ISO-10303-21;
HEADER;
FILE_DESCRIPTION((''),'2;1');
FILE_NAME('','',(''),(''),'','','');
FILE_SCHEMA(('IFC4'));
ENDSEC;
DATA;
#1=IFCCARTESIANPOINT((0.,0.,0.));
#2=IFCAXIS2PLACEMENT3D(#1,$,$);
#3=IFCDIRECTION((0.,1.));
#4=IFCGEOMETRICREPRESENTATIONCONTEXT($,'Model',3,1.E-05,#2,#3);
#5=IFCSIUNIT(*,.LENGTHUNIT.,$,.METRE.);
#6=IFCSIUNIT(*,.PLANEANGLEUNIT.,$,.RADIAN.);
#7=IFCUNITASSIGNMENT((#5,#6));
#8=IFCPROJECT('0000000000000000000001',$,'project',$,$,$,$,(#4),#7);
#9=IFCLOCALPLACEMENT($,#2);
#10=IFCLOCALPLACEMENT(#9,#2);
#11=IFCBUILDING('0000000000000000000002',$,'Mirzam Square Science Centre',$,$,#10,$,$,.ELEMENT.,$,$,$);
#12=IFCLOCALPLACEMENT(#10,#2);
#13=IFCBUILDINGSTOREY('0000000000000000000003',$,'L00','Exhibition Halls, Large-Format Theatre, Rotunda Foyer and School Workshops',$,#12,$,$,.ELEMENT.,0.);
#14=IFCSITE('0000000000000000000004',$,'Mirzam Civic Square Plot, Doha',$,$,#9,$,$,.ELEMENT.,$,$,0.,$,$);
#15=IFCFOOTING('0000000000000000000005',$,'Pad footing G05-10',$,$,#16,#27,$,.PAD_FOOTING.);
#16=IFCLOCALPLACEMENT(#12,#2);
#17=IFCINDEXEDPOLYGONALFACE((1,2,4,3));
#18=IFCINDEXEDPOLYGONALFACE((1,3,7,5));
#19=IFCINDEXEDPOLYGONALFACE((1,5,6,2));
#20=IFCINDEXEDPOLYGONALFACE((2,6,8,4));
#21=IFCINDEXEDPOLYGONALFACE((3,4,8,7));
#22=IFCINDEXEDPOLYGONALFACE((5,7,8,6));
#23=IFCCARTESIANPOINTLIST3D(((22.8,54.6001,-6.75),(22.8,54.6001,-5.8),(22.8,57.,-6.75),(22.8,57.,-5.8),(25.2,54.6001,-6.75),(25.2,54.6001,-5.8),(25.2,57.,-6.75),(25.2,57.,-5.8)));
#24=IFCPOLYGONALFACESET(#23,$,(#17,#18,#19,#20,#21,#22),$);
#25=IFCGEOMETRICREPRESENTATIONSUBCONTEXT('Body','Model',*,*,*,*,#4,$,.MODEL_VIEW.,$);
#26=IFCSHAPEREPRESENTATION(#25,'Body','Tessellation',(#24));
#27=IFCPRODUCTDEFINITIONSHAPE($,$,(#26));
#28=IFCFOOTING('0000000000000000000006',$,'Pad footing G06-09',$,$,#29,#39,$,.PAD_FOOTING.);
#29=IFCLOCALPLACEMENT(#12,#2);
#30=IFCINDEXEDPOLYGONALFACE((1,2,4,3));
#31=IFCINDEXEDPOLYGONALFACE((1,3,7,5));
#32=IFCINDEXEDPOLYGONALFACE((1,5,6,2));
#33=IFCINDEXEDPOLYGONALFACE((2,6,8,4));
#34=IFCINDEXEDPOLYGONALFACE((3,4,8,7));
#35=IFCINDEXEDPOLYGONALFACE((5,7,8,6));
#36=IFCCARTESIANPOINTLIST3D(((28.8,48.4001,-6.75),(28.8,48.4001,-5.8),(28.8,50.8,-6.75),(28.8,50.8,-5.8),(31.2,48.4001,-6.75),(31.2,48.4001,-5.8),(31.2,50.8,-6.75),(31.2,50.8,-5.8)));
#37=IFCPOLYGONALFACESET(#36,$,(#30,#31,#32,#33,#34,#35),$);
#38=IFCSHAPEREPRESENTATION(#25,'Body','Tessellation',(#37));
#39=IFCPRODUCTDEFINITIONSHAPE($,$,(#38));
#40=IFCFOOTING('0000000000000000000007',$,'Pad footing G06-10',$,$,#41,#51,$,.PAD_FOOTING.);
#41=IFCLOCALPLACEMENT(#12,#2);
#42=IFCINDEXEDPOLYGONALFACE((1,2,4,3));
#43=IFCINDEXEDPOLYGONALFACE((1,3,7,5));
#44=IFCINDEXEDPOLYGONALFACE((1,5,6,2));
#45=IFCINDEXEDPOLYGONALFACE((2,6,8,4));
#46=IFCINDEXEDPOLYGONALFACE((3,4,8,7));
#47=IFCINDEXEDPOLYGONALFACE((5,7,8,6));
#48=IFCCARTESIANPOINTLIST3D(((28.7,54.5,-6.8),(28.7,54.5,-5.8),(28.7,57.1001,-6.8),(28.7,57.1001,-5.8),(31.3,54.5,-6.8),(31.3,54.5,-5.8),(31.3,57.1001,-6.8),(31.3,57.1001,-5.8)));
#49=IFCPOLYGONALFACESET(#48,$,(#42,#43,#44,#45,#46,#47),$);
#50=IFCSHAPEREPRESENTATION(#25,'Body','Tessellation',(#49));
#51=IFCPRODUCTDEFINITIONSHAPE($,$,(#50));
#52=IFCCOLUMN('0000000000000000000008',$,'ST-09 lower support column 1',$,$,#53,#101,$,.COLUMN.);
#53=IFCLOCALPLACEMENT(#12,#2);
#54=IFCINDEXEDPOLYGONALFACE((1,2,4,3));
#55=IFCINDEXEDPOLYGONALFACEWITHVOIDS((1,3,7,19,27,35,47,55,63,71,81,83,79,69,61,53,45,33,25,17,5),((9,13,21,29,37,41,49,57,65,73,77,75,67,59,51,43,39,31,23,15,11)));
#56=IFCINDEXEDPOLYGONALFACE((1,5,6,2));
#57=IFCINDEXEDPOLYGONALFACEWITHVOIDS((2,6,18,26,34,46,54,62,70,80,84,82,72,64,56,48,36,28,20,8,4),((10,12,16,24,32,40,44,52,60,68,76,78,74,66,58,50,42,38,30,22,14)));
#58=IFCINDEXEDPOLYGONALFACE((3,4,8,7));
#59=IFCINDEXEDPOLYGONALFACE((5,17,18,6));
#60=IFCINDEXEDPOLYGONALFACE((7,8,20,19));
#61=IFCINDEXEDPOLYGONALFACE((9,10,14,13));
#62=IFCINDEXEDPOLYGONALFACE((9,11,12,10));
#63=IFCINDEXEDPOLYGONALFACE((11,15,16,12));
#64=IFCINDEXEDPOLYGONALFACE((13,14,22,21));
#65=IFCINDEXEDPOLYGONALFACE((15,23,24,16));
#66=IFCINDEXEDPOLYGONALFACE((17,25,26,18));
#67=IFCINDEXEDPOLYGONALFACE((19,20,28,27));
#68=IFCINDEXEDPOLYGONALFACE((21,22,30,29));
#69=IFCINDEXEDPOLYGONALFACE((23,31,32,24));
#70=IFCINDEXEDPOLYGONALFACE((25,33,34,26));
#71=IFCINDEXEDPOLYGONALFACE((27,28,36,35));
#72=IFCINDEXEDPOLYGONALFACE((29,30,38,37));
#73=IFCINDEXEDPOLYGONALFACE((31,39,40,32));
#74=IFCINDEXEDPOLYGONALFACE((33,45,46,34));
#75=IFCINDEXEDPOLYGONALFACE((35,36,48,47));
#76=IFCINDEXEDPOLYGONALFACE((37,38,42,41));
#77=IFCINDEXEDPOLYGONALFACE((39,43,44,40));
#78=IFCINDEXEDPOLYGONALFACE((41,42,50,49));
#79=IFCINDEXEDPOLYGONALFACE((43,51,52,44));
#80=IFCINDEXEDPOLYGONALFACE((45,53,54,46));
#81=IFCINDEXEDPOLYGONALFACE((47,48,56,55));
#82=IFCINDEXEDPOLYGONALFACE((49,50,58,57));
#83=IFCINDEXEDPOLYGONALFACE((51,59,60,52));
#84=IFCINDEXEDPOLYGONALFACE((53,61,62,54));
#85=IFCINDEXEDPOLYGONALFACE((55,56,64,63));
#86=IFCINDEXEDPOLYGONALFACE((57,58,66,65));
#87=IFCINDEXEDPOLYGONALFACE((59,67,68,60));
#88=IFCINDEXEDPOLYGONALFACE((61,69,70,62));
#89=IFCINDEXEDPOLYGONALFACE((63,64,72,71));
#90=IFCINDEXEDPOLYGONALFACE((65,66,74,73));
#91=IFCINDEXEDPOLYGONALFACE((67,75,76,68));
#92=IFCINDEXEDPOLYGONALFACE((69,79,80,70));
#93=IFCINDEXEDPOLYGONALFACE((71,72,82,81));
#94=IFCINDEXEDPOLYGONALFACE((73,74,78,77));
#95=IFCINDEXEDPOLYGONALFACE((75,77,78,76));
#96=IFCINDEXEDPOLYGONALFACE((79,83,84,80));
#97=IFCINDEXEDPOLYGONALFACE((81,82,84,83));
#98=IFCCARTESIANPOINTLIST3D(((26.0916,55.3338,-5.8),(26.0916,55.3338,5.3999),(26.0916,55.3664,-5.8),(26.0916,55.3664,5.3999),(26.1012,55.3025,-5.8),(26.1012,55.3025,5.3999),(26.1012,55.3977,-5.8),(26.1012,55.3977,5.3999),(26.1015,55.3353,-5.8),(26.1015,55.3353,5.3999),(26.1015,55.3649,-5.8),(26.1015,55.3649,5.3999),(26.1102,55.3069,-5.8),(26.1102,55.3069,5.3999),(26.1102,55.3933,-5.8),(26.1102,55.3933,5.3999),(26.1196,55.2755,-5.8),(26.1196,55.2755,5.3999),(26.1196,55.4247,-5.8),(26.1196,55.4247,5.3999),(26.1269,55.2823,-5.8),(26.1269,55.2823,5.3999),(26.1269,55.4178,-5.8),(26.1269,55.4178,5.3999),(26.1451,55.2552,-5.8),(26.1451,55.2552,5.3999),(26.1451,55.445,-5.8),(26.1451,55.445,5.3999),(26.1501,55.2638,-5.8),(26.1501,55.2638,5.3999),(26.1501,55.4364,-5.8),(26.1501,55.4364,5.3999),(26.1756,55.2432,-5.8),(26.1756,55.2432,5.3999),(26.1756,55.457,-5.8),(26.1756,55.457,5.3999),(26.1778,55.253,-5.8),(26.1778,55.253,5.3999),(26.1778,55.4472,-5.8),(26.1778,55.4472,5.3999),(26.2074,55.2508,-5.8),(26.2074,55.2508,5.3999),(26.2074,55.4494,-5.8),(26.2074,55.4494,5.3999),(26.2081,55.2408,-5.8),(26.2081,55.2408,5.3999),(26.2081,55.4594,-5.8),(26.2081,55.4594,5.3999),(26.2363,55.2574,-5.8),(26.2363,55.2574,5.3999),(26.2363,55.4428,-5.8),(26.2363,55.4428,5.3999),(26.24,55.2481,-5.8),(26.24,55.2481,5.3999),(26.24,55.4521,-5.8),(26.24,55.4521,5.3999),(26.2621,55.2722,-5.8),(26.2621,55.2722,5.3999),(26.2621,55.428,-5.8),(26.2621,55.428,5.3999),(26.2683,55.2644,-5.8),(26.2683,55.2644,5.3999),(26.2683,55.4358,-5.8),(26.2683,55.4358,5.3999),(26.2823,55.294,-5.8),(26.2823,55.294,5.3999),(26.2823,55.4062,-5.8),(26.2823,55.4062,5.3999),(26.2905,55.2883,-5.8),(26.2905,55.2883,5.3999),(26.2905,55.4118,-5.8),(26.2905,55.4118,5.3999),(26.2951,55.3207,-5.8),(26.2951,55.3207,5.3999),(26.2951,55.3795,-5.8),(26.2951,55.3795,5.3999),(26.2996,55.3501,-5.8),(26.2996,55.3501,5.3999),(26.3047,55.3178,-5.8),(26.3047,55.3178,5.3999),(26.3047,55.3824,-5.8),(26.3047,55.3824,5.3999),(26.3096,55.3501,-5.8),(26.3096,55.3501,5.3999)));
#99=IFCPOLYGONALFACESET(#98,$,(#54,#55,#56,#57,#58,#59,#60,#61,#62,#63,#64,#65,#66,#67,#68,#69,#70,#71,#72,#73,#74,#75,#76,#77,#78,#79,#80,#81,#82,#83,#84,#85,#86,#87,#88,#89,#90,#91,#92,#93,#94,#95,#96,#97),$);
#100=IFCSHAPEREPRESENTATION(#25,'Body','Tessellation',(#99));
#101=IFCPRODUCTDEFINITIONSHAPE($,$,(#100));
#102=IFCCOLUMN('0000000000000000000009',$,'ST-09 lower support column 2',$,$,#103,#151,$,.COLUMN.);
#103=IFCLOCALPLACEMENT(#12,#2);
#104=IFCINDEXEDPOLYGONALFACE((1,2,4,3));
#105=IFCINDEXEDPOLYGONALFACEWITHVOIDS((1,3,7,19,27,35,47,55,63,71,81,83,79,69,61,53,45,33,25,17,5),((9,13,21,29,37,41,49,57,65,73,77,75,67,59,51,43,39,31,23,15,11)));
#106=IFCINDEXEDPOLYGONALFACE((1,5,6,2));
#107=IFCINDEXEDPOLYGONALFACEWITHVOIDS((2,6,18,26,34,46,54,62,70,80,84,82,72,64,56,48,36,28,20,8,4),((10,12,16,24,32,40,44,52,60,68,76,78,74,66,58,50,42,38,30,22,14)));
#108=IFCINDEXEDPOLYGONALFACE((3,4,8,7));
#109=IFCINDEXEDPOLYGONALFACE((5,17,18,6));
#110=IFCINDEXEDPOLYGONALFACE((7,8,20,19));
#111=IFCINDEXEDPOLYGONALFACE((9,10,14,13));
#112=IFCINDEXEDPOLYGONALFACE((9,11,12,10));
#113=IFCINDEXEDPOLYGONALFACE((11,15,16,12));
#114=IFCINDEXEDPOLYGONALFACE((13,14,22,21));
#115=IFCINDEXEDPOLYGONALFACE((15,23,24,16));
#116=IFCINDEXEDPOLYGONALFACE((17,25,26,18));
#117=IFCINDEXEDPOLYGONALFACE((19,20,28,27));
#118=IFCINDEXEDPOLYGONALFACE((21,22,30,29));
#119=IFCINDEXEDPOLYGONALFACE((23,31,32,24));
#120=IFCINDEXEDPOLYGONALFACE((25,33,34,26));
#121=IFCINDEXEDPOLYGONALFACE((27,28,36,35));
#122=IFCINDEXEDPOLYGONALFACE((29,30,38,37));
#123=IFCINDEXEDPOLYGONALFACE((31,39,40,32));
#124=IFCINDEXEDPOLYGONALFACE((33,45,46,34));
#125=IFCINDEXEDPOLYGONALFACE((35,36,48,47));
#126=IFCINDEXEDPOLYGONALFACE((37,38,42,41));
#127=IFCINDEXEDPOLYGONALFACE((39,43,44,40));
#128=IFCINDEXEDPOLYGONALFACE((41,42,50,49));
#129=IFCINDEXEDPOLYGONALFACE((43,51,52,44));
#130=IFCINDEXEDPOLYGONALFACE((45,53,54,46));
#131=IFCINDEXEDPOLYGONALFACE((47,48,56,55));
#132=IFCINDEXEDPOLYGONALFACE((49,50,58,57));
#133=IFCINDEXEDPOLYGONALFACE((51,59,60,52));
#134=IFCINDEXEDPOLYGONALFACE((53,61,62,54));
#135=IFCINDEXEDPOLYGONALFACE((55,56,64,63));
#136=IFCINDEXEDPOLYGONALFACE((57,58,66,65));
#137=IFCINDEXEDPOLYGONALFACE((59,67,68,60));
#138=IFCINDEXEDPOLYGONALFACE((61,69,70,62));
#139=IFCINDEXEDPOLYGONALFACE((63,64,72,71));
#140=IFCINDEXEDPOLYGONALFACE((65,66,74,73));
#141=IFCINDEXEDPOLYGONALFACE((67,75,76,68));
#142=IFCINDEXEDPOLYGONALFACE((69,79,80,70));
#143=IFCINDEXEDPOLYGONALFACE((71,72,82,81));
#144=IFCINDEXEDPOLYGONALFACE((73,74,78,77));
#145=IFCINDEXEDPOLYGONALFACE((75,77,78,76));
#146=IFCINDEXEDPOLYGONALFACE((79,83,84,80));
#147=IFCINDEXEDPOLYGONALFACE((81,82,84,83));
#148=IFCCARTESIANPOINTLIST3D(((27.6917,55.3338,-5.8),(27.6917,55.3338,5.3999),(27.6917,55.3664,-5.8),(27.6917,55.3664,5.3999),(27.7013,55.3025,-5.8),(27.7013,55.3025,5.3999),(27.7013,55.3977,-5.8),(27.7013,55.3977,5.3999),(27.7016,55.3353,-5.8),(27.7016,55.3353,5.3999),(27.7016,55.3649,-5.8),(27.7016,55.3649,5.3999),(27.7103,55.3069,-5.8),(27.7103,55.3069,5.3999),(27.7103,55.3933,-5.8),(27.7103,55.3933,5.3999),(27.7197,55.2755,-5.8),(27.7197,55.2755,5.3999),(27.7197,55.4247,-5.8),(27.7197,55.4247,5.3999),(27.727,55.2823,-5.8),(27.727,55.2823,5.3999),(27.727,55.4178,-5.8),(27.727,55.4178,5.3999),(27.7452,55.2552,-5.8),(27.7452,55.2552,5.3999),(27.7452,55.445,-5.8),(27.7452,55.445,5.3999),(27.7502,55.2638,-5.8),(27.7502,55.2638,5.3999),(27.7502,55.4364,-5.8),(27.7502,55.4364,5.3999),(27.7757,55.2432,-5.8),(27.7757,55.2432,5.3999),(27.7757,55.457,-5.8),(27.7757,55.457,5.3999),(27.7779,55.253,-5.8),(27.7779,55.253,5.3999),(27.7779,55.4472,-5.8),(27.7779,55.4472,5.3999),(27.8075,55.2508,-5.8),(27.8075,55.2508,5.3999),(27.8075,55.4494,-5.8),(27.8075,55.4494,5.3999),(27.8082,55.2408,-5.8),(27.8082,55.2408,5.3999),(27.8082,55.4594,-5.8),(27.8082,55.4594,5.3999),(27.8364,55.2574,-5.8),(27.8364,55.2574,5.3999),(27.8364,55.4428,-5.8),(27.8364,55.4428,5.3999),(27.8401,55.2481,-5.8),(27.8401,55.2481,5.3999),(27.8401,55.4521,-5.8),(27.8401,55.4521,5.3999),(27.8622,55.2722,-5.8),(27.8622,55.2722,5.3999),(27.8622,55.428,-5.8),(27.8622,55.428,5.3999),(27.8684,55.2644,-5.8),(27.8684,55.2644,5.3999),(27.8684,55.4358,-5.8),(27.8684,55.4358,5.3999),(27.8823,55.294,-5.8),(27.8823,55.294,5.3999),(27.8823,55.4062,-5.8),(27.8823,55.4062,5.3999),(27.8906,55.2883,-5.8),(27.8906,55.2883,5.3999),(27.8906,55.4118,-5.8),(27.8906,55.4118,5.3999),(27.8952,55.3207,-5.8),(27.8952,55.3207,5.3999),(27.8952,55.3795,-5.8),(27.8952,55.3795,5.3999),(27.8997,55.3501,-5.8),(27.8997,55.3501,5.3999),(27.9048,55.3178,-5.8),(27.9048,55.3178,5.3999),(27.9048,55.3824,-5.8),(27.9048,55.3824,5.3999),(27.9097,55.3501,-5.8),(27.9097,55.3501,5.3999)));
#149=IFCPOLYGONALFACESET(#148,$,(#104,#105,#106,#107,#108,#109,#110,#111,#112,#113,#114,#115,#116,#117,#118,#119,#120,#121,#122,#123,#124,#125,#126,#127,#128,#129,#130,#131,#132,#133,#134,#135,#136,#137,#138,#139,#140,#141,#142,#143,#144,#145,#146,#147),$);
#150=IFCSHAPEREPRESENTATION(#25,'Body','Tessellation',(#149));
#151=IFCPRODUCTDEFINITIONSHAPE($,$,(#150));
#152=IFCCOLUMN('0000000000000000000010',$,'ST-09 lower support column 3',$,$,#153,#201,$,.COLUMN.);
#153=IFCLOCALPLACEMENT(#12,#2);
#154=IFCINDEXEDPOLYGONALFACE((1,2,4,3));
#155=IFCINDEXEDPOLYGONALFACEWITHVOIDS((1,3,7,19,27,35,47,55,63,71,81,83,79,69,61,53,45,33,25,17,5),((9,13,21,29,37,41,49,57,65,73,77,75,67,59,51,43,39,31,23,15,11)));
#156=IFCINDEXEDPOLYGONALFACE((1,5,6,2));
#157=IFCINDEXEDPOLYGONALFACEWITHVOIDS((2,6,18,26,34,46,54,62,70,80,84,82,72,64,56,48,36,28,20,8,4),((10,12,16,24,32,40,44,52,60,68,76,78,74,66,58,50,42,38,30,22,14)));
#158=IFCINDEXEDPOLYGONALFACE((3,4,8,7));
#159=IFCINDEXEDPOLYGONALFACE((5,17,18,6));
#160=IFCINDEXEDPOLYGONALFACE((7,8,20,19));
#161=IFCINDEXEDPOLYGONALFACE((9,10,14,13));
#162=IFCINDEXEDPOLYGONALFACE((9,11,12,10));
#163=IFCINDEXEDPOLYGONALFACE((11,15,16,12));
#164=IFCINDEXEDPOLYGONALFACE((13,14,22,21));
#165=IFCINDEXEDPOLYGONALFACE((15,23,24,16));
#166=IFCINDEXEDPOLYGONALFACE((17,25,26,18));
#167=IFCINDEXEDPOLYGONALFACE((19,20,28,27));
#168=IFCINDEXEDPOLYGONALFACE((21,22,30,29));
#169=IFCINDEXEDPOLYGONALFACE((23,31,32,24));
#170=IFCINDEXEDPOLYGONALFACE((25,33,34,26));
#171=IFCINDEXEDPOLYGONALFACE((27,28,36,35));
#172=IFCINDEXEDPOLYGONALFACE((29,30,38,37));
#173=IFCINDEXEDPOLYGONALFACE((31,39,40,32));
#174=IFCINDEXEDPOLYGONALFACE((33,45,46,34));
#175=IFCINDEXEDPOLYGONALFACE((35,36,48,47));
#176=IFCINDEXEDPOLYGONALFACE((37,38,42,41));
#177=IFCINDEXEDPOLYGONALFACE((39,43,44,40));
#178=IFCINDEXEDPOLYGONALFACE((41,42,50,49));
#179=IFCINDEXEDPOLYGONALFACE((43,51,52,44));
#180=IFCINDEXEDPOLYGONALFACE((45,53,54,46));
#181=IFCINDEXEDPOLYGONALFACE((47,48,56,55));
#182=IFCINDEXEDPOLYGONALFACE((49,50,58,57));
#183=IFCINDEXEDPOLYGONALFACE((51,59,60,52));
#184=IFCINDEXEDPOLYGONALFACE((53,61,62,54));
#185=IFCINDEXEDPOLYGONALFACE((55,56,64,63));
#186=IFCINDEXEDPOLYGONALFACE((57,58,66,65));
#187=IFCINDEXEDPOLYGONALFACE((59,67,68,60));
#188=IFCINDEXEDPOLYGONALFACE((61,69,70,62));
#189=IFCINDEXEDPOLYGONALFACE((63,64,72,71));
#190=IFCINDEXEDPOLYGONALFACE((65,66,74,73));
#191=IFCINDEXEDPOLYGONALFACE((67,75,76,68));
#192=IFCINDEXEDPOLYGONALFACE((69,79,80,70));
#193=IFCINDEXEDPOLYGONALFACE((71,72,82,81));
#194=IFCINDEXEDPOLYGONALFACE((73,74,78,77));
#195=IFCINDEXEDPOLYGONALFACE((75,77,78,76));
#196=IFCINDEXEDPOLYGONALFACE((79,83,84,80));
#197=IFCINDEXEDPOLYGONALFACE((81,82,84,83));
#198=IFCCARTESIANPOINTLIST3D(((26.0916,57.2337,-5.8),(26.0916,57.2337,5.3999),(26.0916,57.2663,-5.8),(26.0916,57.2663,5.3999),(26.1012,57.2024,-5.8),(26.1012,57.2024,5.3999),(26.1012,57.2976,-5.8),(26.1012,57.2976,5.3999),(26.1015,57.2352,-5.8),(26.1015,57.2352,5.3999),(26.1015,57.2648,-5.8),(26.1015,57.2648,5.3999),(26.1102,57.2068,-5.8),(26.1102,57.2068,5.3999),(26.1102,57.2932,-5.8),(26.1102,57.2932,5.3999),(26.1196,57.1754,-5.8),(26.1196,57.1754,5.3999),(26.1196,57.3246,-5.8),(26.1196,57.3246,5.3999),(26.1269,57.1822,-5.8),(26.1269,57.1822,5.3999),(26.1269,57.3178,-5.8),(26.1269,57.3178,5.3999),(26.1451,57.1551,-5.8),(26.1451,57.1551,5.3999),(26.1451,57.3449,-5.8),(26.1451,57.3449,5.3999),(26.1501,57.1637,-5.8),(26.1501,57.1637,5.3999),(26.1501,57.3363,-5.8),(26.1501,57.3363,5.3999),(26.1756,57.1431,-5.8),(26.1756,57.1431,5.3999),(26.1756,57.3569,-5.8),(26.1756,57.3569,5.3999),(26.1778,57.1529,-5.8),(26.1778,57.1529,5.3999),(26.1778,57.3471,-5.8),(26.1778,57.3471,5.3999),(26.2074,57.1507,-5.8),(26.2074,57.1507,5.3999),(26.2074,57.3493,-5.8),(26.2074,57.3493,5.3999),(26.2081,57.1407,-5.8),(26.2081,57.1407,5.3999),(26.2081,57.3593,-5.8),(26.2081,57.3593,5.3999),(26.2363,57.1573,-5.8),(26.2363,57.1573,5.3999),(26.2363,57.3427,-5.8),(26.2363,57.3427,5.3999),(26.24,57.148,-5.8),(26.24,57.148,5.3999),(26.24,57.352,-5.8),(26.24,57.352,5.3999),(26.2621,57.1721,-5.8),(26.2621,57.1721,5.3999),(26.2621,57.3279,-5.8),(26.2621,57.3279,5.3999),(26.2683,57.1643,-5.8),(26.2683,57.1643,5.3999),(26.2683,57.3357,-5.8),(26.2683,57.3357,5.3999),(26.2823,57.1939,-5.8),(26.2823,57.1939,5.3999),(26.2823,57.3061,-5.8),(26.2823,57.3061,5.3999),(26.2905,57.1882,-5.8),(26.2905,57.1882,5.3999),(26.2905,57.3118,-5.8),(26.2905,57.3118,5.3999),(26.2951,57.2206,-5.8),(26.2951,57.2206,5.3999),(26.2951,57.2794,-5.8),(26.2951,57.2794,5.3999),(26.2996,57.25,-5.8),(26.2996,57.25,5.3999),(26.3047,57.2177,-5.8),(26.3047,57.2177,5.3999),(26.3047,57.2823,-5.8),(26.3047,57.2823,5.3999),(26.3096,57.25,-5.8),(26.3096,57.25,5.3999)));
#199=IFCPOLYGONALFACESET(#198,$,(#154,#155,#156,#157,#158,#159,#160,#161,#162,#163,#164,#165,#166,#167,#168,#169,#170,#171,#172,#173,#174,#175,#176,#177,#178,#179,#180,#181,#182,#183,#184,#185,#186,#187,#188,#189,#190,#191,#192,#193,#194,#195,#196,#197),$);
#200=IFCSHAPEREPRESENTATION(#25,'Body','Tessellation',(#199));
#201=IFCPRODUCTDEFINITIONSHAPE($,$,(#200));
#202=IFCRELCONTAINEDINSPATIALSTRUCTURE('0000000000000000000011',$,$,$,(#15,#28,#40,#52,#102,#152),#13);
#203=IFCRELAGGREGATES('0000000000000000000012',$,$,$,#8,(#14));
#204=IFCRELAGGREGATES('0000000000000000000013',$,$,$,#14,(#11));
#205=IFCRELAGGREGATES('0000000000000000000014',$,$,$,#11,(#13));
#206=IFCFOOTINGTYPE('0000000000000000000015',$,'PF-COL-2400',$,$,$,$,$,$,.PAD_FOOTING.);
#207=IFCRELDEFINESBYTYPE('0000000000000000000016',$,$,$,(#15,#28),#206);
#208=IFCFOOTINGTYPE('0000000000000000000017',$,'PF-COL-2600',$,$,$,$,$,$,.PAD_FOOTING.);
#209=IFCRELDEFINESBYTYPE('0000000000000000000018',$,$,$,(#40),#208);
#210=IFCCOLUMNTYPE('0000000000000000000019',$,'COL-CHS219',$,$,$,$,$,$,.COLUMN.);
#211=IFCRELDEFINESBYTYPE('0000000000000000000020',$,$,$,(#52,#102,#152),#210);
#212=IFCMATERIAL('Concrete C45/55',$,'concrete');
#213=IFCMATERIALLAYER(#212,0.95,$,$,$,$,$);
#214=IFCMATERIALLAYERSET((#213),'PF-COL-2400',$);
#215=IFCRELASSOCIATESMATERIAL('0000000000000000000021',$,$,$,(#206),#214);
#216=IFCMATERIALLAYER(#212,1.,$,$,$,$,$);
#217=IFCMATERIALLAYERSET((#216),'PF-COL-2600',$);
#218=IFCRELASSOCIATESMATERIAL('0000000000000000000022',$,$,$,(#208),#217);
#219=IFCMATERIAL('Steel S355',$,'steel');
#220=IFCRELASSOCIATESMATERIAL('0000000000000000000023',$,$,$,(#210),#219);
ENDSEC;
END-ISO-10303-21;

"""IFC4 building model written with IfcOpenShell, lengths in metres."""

from ifc_helpers import new_model, si_unit, direction, frame, origin, origin_2d, place, context, subcontext, project, spatial, rectangle, hollow_circle, extrude, material, layer, layer_set, material_profile, profile_set, type_object, element, save


model = new_model("IFC4")

# Units and contexts
model_context = context("Model", 3, precision=1e-05, world=origin(), true_north=direction((0.0, 1.0)))
body_context = subcontext(model_context, "Body", "Model", "MODEL_VIEW")
ifc_project = project(units=[si_unit("LENGTHUNIT", "METRE"), si_unit("PLANEANGLEUNIT", "RADIAN")], contexts=[model_context])

# Site, building, storey
site_placement = place(None, origin())
site = spatial("IfcSite", under=ifc_project, at=site_placement, Name="Mirzam Civic Square Plot, Doha", CompositionType="ELEMENT", RefElevation=0.0)
building_placement = place(site_placement, origin())
building = spatial("IfcBuilding", under=site, at=building_placement, Name="Mirzam Square Science Centre", CompositionType="ELEMENT")
storey_placement = place(building_placement, origin())
storey = spatial("IfcBuildingStorey", under=building, at=storey_placement, Name="L00", Description="Exhibition Halls, Large-Format Theatre, Rotunda Foyer and School Workshops", CompositionType="ELEMENT", Elevation=0.0)

# Footings
ifc_material_1 = material(Name="Concrete C45/55", Category="concrete")
ifc_layer_1 = layer(ifc_material_1, 0.95)
ifc_layer_set_1 = layer_set([ifc_layer_1], Name="PF-COL-2400")
footing_type_1 = type_object("IfcFootingType", Name="PF-COL-2400", PredefinedType="PAD_FOOTING", material=ifc_layer_set_1)
for number, where, z_axis, x_axis, name in (
    (1, (24.0, 55.8, -6.75), (0.0, 0.0, 1.0), (1.0, 0.0, 0.0), "Pad footing G05-10"),
    (2, (30.0, 49.6001, -6.75), (0.0, 0.0, 1.0), (1.0, 0.0, 0.0), "Pad footing G06-09"),
):
    element("IfcFooting", number, at=place(storey_placement, frame(where, z_axis=z_axis, x_axis=x_axis)), inside=storey, type_object=footing_type_1, Name=name, PredefinedType="PAD_FOOTING", context=body_context, shape_type="SweptSolid", body=[
        extrude(rectangle(XDim=2.3999, YDim=2.3999, at=origin_2d()), origin(), (0.0, 0.0, 1.0), 0.95),
    ])
ifc_layer_2 = layer(ifc_material_1, 1.0)
ifc_layer_set_2 = layer_set([ifc_layer_2], Name="PF-COL-2600")
footing_type_2 = type_object("IfcFootingType", Name="PF-COL-2600", PredefinedType="PAD_FOOTING", material=ifc_layer_set_2)
footing_placement = place(storey_placement, frame((30.0, 55.8, -6.8), z_axis=(0.0, 0.0, 1.0), x_axis=(1.0, 0.0, 0.0)))
element("IfcFooting", 3, at=footing_placement, inside=storey, type_object=footing_type_2, Name="Pad footing G06-10", PredefinedType="PAD_FOOTING", context=body_context, shape_type="SweptSolid", body=[
    extrude(rectangle(XDim=2.6001, YDim=2.6001, at=origin_2d()), origin(), (0.0, 0.0, 1.0), 1.0),
])

# Columns
ifc_material_2 = material(Name="Steel S355", Category="steel")
ifc_material_profile_1 = material_profile(ifc_material_2, hollow_circle(Radius=0.1096, WallThickness=0.01, at=origin_2d()), Name="219.1x10.0CHS")
ifc_profile_set_1 = profile_set([ifc_material_profile_1], Name="Steel S355")
column_type_1 = type_object("IfcColumnType", Name="COL-CHS219", PredefinedType="COLUMN", material=ifc_profile_set_1)
for number, where, z_axis, x_axis, name in (
    (4, (26.2, 55.3501, -5.8), (0.0, 0.0, 1.0), (1.0, 0.0, 0.0), "ST-09 lower support column 1"),
    (5, (27.8, 55.3501, -5.8), (0.0, 0.0, 1.0), (1.0, 0.0, 0.0), "ST-09 lower support column 2"),
    (6, (26.2, 57.25, -5.8), (0.0, 0.0, 1.0), (1.0, 0.0, 0.0), "ST-09 lower support column 3"),
):
    element("IfcColumn", number, at=place(storey_placement, frame(where, z_axis=z_axis, x_axis=x_axis)), inside=storey, type_object=column_type_1, Name=name, PredefinedType="COLUMN", context=body_context, shape_type="SweptSolid", body=[
        extrude(hollow_circle(Radius=0.1096, WallThickness=0.01, at=origin_2d()), origin(), (0.0, 0.0, 1.0), 11.2),
    ])

save(model, "model.ifc")
